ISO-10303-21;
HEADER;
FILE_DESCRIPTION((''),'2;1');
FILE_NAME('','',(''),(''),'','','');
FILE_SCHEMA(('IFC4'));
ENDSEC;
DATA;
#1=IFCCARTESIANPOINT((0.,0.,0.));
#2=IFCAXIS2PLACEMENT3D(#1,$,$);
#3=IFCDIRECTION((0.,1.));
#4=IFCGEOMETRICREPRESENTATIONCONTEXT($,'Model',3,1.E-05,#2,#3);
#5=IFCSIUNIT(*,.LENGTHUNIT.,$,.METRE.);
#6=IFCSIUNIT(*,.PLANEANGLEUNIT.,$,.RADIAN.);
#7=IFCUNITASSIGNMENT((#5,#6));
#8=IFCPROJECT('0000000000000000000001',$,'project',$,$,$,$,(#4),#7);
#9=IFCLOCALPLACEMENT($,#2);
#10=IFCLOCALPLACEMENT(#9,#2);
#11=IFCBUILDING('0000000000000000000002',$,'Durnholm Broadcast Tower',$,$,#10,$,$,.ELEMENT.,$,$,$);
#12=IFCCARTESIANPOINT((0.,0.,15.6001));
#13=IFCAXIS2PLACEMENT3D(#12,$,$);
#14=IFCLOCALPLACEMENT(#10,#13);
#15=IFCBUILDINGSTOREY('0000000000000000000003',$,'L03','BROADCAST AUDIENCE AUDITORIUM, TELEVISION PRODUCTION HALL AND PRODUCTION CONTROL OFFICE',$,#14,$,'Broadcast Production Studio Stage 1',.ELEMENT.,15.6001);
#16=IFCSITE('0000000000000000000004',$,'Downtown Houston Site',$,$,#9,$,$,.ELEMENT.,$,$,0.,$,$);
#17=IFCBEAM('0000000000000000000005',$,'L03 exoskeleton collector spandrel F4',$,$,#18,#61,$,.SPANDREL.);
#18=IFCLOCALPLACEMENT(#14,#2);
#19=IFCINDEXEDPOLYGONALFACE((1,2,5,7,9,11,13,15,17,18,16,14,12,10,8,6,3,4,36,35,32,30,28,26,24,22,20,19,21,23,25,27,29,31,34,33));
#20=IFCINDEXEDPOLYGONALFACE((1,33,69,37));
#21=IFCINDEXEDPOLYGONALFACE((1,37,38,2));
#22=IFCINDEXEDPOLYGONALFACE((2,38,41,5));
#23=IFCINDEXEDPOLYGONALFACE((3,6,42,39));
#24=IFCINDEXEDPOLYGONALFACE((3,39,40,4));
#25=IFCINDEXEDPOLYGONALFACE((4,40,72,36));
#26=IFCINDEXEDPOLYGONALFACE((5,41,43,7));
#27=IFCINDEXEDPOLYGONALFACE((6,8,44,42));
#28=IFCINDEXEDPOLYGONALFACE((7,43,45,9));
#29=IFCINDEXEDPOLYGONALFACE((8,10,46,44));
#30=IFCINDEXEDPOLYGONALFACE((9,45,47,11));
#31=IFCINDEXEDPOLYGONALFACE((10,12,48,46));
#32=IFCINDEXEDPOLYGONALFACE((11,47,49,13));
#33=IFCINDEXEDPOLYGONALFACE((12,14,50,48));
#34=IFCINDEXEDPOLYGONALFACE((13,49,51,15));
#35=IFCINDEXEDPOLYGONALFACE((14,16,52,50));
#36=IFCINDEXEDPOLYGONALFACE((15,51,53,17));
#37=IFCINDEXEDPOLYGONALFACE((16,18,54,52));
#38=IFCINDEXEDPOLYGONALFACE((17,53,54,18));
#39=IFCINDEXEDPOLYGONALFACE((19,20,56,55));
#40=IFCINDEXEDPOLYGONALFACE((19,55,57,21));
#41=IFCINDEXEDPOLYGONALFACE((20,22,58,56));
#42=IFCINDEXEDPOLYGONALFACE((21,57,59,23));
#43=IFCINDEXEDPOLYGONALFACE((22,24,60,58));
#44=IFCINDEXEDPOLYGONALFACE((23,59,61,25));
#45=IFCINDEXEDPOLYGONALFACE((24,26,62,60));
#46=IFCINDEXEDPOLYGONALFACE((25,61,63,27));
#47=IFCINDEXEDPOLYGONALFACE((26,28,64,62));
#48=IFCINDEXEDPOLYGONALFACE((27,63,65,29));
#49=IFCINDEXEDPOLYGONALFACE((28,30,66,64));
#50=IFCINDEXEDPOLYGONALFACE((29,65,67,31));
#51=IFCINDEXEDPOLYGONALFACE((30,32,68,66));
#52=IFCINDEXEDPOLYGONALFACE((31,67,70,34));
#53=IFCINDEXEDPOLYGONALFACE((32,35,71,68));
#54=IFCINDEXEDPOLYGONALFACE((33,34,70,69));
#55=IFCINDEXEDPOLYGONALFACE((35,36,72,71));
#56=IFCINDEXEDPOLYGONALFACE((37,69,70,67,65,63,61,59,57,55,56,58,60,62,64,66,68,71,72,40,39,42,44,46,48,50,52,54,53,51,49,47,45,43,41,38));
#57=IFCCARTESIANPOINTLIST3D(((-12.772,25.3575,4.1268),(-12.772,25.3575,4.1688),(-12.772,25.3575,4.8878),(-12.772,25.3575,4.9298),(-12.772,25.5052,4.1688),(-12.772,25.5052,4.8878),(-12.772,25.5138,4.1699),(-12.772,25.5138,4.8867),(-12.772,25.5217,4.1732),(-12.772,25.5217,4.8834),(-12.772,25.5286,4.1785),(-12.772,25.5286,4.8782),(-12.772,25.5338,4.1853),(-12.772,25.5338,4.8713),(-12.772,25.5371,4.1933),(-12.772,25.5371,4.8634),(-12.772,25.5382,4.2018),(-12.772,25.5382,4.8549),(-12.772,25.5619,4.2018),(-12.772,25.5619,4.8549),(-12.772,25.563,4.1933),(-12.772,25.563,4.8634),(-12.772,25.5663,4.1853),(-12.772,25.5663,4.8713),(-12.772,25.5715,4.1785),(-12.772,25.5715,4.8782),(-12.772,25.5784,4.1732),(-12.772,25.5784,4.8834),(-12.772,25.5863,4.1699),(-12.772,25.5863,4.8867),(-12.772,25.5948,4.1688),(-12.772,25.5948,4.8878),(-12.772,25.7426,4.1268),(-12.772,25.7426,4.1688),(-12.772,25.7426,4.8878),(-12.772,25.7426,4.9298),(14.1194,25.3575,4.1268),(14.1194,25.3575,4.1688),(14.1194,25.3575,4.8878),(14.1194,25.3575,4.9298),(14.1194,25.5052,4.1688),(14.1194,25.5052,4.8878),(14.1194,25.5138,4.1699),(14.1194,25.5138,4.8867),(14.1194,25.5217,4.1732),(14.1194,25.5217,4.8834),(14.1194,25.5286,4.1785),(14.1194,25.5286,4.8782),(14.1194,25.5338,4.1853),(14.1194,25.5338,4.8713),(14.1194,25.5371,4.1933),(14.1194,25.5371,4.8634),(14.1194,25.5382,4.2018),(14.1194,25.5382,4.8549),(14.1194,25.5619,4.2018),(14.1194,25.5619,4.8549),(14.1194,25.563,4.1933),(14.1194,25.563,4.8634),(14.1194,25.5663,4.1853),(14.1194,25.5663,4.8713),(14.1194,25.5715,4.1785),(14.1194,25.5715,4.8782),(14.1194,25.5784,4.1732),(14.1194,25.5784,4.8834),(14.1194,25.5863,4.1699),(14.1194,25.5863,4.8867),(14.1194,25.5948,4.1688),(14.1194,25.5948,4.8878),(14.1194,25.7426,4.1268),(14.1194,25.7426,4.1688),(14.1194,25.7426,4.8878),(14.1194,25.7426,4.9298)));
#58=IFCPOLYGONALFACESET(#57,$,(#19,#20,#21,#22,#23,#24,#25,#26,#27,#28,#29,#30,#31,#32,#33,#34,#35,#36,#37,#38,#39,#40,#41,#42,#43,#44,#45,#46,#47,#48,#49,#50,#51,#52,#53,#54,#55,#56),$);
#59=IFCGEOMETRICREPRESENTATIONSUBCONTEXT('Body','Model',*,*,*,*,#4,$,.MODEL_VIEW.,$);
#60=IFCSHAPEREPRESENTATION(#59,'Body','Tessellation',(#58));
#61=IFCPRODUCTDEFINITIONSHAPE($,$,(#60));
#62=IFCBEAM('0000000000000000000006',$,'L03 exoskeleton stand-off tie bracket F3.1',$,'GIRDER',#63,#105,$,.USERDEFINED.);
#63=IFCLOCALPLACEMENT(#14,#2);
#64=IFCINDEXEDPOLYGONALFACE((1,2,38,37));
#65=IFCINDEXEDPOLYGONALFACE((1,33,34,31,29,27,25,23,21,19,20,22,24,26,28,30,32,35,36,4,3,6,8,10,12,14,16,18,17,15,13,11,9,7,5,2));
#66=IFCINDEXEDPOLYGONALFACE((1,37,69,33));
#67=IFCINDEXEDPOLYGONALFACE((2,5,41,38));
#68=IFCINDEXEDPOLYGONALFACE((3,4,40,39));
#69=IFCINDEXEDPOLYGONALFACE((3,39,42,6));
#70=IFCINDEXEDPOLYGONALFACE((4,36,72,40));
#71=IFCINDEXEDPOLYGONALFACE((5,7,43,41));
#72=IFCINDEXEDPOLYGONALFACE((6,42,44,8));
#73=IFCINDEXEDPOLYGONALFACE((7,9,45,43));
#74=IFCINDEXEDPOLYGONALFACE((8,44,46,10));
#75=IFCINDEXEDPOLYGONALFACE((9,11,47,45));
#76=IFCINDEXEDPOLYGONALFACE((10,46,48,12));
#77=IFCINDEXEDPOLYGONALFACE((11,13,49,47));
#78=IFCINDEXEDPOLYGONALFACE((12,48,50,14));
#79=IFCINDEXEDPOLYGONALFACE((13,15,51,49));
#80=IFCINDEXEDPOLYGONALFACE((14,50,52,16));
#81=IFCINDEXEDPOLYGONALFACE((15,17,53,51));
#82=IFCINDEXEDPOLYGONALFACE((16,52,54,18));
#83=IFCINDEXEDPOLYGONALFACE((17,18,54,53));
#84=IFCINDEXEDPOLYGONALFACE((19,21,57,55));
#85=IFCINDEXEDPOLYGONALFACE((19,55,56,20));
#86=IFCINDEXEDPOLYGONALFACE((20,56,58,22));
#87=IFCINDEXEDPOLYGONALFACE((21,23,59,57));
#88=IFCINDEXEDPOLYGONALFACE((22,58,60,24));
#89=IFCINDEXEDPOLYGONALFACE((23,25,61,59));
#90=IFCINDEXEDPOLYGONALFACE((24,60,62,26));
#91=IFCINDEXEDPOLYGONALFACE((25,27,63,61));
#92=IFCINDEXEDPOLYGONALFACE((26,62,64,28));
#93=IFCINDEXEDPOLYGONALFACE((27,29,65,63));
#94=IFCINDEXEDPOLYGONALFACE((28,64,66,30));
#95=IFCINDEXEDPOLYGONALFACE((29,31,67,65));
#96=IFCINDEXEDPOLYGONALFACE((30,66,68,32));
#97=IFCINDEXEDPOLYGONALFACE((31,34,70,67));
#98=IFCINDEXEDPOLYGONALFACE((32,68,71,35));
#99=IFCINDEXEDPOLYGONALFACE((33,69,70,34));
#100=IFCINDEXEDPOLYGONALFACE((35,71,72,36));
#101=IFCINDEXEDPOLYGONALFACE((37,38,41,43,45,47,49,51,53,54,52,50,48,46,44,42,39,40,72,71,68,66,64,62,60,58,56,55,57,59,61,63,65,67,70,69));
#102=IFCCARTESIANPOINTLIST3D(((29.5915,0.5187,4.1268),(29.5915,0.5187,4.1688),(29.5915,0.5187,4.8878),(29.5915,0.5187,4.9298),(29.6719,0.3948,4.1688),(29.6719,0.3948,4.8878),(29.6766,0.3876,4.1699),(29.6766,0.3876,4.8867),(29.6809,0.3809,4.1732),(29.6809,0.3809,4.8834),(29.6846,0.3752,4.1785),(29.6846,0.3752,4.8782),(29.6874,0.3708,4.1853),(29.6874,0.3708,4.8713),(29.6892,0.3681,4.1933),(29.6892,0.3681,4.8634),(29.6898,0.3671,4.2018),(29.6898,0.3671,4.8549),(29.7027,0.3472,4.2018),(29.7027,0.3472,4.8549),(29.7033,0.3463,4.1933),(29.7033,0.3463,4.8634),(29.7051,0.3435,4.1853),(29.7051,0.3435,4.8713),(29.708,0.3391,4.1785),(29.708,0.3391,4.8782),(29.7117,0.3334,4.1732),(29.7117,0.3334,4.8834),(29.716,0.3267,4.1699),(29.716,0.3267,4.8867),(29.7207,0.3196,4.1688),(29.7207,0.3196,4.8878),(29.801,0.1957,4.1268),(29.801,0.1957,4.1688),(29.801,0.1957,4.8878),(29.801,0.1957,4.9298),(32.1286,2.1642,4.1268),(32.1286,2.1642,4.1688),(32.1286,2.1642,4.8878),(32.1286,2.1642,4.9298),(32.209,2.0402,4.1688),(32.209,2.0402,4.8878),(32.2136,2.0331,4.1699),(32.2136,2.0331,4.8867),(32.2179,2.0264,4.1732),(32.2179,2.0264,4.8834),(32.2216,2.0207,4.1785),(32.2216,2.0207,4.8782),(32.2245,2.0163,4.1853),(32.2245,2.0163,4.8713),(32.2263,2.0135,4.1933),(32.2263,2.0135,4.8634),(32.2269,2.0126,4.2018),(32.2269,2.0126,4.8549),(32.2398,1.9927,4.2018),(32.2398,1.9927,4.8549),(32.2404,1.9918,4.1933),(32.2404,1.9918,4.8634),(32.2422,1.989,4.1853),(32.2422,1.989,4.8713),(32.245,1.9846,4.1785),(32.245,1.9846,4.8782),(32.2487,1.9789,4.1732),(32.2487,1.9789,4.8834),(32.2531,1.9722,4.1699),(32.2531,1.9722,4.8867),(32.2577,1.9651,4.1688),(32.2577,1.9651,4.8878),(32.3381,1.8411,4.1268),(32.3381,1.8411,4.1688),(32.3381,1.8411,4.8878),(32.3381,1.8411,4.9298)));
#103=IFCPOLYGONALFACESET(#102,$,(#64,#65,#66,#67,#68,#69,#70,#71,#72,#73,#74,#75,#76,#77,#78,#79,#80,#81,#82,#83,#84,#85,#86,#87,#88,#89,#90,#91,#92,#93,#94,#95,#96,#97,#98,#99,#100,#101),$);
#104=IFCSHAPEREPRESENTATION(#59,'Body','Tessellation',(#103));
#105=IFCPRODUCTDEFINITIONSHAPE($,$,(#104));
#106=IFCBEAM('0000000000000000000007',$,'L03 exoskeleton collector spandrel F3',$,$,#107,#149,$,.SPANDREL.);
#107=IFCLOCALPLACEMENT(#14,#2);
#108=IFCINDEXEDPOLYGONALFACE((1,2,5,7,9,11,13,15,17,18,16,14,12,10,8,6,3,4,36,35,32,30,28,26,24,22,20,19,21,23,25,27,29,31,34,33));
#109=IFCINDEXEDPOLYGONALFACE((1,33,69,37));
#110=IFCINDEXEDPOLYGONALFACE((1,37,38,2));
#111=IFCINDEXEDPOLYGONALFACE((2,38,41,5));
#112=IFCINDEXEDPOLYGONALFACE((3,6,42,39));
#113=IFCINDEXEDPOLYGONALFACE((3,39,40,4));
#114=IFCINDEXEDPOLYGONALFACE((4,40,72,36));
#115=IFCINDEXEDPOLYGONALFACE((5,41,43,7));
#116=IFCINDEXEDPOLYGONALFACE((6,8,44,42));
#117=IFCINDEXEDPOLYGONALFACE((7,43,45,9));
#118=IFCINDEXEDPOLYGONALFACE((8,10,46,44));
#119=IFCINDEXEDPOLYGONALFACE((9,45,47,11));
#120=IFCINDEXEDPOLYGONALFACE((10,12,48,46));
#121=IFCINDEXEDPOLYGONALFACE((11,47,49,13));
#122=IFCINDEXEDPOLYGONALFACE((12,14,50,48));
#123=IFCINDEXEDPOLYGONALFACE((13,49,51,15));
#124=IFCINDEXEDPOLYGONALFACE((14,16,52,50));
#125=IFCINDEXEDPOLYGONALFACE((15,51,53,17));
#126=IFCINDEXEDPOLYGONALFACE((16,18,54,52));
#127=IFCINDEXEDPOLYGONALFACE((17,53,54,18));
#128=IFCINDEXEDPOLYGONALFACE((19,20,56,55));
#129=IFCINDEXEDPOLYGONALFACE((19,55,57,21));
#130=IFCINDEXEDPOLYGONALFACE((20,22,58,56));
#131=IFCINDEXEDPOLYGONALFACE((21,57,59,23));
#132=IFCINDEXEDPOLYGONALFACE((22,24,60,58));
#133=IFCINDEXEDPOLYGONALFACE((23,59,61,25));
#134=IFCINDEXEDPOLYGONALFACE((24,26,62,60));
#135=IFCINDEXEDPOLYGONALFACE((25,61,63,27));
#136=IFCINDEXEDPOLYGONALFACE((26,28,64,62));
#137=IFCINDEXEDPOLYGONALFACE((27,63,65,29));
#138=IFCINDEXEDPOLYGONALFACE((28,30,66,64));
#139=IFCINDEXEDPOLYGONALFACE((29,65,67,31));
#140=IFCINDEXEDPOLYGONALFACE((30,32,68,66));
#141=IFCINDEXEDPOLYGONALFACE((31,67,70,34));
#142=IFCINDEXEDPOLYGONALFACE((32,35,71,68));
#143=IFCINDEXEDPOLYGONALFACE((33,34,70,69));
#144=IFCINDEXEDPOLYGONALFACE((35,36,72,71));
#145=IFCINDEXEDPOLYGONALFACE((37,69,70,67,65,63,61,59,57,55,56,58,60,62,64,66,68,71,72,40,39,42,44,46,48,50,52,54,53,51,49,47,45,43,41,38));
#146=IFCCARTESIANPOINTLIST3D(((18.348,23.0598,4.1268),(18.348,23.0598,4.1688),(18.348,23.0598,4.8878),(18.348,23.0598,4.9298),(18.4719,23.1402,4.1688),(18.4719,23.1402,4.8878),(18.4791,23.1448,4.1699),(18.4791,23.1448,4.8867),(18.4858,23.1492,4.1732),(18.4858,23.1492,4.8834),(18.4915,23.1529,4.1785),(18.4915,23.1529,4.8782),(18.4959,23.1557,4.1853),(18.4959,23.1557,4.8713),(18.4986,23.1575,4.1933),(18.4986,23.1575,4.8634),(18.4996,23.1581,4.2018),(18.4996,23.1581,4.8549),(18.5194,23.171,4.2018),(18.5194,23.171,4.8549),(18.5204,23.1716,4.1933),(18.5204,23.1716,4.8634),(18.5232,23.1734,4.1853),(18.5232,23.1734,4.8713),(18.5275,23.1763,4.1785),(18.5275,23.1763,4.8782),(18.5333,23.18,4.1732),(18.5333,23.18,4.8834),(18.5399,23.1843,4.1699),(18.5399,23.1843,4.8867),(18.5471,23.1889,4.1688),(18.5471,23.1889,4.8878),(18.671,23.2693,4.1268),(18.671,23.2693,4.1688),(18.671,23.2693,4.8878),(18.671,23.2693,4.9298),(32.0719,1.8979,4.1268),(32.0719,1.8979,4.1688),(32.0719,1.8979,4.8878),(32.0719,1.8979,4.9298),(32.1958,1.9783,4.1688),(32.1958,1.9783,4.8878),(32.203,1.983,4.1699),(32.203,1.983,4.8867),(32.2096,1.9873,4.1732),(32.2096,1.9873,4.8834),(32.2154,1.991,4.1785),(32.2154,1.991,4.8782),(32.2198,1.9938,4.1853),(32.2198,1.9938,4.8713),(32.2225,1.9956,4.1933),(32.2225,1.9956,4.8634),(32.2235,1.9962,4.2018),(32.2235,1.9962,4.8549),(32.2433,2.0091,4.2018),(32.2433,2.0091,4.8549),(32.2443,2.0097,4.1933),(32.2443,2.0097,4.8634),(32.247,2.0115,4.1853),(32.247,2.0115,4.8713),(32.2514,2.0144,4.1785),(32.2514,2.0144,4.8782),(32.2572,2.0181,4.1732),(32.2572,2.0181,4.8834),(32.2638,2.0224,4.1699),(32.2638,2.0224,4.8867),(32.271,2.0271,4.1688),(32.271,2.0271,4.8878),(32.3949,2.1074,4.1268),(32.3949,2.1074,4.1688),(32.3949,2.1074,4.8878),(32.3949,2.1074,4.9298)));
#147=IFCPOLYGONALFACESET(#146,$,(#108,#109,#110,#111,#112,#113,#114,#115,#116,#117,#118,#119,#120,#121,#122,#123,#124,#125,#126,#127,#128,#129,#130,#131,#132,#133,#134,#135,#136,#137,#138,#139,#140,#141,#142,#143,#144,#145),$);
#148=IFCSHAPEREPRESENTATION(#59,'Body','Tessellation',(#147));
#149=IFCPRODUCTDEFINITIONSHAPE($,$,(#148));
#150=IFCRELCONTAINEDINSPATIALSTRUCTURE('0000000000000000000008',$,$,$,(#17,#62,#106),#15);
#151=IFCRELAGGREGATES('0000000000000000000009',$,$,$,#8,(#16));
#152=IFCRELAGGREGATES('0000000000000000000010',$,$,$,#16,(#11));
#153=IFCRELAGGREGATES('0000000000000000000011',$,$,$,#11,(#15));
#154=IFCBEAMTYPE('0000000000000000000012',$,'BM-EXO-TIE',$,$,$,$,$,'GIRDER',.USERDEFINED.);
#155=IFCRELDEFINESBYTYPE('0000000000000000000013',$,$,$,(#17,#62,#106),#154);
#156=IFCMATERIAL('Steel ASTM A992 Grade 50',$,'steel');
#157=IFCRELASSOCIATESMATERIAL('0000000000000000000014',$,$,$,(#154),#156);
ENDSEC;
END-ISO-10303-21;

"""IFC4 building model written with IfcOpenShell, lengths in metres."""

from ifc_helpers import new_model, si_unit, direction, frame, origin, origin_2d, place, context, subcontext, project, spatial, i_section, extrude, source, transform, mapped, material, material_profile, profile_set, type_object, element, save


model = new_model("IFC4")

# Units and contexts
model_context = context("Model", 3, precision=1e-05, world=origin(), true_north=direction((0.0, 1.0)))
body_context = subcontext(model_context, "Body", "Model", "MODEL_VIEW")
ifc_project = project(units=[si_unit("LENGTHUNIT", "METRE"), si_unit("PLANEANGLEUNIT", "RADIAN")], contexts=[model_context])

# Site, building, storey
site_placement = place(None, origin())
site = spatial("IfcSite", under=ifc_project, at=site_placement, Name="Downtown Houston Site", CompositionType="ELEMENT", RefElevation=0.0)
building_placement = place(site_placement, origin())
building = spatial("IfcBuilding", under=site, at=building_placement, Name="Durnholm Broadcast Tower", CompositionType="ELEMENT")
storey_placement = place(building_placement, frame((0.0, 0.0, 15.6001)))
storey = spatial("IfcBuildingStorey", under=building, at=storey_placement, Name="L03", Description="BROADCAST AUDIENCE AUDITORIUM, TELEVISION PRODUCTION HALL AND PRODUCTION CONTROL OFFICE", LongName="Broadcast Production Studio Stage 1", CompositionType="ELEMENT", Elevation=15.6001)

# Beams
ifc_material_1 = material(Name="Steel ASTM A992 Grade 50", Category="steel")
ifc_material_profile_1 = material_profile(ifc_material_1, i_section(OverallWidth=0.385, OverallDepth=0.803, WebThickness=0.0237, FlangeThickness=0.042, FilletRadius=0.033, at=origin_2d()), Name="W30X261")
ifc_profile_set_1 = profile_set([ifc_material_profile_1], Name="Steel ASTM A992 Grade 50")
beam_type_1 = type_object("IfcBeamType", Name="BM-EXO-TIE", ElementType="GIRDER", PredefinedType="USERDEFINED", material=ifc_profile_set_1)
shared_shape_1 = source(origin(), body_context, "Body", "SweptSolid", [
    extrude(i_section(OverallWidth=0.385, OverallDepth=0.803, WebThickness=0.0237, FlangeThickness=0.042, FilletRadius=0.033, at=origin_2d()), origin(), (0.0, 0.0, 1.0), 26.8914),
])
beam_1_placement = place(storey_placement, frame((14.1194, 25.55, 4.5283), z_axis=(-1.0, 0.0, 0.0), x_axis=(0.0, -1.0, 0.0)))
element("IfcBeam", 1, at=beam_1_placement, inside=storey, type_object=beam_type_1, Name="L03 exoskeleton collector spandrel F4", PredefinedType="SPANDREL", context=body_context, shape_type="MappedRepresentation", body=[
    mapped(shared_shape_1, transform((0.0, 0.0, 0.0), x_axis=(1.0, 0.0, 0.0), y_axis=(0.0, 1.0, 0.0), z_axis=(0.0, 0.0, 1.0), scale=1.0)),
])
shared_shape_2 = source(origin(), body_context, "Body", "SweptSolid", [
    extrude(i_section(OverallWidth=0.385, OverallDepth=0.803, WebThickness=0.0237, FlangeThickness=0.042, FilletRadius=0.033, at=origin_2d()), origin(), (0.0, 0.0, 1.0), 3.0239),
])
beam_2_placement = place(storey_placement, frame((29.6963, 0.3572, 4.5283), z_axis=(0.838989, 0.544148, 0.0), x_axis=(-0.544148, 0.838989, 0.0)))
element("IfcBeam", 2, at=beam_2_placement, inside=storey, type_object=beam_type_1, Name="L03 exoskeleton stand-off tie bracket F3.1", ObjectType="GIRDER", PredefinedType="USERDEFINED", context=body_context, shape_type="MappedRepresentation", body=[
    mapped(shared_shape_2, transform((0.0, 0.0, 0.0), x_axis=(1.0, 0.0, 0.0), y_axis=(0.0, 1.0, 0.0), z_axis=(0.0, 0.0, 1.0), scale=1.0)),
])
shared_shape_3 = source(origin(), body_context, "Body", "SweptSolid", [
    extrude(i_section(OverallWidth=0.385, OverallDepth=0.803, WebThickness=0.0237, FlangeThickness=0.042, FilletRadius=0.033, at=origin_2d()), origin(), (0.0, 0.0, 1.0), 25.2224),
])
beam_3_placement = place(storey_placement, frame((32.2334, 2.0027, 4.5283), z_axis=(-0.544115, 0.839011, 0.0), x_axis=(-0.839011, -0.544115, 0.0)))
element("IfcBeam", 3, at=beam_3_placement, inside=storey, type_object=beam_type_1, Name="L03 exoskeleton collector spandrel F3", PredefinedType="SPANDREL", context=body_context, shape_type="MappedRepresentation", body=[
    mapped(shared_shape_3, transform((0.0, 0.0, 0.0), x_axis=(1.0, 0.0, 0.0), y_axis=(0.0, 1.0, 0.0), z_axis=(0.0, 0.0, 1.0), scale=1.0)),
])

save(model, "model.ifc")
